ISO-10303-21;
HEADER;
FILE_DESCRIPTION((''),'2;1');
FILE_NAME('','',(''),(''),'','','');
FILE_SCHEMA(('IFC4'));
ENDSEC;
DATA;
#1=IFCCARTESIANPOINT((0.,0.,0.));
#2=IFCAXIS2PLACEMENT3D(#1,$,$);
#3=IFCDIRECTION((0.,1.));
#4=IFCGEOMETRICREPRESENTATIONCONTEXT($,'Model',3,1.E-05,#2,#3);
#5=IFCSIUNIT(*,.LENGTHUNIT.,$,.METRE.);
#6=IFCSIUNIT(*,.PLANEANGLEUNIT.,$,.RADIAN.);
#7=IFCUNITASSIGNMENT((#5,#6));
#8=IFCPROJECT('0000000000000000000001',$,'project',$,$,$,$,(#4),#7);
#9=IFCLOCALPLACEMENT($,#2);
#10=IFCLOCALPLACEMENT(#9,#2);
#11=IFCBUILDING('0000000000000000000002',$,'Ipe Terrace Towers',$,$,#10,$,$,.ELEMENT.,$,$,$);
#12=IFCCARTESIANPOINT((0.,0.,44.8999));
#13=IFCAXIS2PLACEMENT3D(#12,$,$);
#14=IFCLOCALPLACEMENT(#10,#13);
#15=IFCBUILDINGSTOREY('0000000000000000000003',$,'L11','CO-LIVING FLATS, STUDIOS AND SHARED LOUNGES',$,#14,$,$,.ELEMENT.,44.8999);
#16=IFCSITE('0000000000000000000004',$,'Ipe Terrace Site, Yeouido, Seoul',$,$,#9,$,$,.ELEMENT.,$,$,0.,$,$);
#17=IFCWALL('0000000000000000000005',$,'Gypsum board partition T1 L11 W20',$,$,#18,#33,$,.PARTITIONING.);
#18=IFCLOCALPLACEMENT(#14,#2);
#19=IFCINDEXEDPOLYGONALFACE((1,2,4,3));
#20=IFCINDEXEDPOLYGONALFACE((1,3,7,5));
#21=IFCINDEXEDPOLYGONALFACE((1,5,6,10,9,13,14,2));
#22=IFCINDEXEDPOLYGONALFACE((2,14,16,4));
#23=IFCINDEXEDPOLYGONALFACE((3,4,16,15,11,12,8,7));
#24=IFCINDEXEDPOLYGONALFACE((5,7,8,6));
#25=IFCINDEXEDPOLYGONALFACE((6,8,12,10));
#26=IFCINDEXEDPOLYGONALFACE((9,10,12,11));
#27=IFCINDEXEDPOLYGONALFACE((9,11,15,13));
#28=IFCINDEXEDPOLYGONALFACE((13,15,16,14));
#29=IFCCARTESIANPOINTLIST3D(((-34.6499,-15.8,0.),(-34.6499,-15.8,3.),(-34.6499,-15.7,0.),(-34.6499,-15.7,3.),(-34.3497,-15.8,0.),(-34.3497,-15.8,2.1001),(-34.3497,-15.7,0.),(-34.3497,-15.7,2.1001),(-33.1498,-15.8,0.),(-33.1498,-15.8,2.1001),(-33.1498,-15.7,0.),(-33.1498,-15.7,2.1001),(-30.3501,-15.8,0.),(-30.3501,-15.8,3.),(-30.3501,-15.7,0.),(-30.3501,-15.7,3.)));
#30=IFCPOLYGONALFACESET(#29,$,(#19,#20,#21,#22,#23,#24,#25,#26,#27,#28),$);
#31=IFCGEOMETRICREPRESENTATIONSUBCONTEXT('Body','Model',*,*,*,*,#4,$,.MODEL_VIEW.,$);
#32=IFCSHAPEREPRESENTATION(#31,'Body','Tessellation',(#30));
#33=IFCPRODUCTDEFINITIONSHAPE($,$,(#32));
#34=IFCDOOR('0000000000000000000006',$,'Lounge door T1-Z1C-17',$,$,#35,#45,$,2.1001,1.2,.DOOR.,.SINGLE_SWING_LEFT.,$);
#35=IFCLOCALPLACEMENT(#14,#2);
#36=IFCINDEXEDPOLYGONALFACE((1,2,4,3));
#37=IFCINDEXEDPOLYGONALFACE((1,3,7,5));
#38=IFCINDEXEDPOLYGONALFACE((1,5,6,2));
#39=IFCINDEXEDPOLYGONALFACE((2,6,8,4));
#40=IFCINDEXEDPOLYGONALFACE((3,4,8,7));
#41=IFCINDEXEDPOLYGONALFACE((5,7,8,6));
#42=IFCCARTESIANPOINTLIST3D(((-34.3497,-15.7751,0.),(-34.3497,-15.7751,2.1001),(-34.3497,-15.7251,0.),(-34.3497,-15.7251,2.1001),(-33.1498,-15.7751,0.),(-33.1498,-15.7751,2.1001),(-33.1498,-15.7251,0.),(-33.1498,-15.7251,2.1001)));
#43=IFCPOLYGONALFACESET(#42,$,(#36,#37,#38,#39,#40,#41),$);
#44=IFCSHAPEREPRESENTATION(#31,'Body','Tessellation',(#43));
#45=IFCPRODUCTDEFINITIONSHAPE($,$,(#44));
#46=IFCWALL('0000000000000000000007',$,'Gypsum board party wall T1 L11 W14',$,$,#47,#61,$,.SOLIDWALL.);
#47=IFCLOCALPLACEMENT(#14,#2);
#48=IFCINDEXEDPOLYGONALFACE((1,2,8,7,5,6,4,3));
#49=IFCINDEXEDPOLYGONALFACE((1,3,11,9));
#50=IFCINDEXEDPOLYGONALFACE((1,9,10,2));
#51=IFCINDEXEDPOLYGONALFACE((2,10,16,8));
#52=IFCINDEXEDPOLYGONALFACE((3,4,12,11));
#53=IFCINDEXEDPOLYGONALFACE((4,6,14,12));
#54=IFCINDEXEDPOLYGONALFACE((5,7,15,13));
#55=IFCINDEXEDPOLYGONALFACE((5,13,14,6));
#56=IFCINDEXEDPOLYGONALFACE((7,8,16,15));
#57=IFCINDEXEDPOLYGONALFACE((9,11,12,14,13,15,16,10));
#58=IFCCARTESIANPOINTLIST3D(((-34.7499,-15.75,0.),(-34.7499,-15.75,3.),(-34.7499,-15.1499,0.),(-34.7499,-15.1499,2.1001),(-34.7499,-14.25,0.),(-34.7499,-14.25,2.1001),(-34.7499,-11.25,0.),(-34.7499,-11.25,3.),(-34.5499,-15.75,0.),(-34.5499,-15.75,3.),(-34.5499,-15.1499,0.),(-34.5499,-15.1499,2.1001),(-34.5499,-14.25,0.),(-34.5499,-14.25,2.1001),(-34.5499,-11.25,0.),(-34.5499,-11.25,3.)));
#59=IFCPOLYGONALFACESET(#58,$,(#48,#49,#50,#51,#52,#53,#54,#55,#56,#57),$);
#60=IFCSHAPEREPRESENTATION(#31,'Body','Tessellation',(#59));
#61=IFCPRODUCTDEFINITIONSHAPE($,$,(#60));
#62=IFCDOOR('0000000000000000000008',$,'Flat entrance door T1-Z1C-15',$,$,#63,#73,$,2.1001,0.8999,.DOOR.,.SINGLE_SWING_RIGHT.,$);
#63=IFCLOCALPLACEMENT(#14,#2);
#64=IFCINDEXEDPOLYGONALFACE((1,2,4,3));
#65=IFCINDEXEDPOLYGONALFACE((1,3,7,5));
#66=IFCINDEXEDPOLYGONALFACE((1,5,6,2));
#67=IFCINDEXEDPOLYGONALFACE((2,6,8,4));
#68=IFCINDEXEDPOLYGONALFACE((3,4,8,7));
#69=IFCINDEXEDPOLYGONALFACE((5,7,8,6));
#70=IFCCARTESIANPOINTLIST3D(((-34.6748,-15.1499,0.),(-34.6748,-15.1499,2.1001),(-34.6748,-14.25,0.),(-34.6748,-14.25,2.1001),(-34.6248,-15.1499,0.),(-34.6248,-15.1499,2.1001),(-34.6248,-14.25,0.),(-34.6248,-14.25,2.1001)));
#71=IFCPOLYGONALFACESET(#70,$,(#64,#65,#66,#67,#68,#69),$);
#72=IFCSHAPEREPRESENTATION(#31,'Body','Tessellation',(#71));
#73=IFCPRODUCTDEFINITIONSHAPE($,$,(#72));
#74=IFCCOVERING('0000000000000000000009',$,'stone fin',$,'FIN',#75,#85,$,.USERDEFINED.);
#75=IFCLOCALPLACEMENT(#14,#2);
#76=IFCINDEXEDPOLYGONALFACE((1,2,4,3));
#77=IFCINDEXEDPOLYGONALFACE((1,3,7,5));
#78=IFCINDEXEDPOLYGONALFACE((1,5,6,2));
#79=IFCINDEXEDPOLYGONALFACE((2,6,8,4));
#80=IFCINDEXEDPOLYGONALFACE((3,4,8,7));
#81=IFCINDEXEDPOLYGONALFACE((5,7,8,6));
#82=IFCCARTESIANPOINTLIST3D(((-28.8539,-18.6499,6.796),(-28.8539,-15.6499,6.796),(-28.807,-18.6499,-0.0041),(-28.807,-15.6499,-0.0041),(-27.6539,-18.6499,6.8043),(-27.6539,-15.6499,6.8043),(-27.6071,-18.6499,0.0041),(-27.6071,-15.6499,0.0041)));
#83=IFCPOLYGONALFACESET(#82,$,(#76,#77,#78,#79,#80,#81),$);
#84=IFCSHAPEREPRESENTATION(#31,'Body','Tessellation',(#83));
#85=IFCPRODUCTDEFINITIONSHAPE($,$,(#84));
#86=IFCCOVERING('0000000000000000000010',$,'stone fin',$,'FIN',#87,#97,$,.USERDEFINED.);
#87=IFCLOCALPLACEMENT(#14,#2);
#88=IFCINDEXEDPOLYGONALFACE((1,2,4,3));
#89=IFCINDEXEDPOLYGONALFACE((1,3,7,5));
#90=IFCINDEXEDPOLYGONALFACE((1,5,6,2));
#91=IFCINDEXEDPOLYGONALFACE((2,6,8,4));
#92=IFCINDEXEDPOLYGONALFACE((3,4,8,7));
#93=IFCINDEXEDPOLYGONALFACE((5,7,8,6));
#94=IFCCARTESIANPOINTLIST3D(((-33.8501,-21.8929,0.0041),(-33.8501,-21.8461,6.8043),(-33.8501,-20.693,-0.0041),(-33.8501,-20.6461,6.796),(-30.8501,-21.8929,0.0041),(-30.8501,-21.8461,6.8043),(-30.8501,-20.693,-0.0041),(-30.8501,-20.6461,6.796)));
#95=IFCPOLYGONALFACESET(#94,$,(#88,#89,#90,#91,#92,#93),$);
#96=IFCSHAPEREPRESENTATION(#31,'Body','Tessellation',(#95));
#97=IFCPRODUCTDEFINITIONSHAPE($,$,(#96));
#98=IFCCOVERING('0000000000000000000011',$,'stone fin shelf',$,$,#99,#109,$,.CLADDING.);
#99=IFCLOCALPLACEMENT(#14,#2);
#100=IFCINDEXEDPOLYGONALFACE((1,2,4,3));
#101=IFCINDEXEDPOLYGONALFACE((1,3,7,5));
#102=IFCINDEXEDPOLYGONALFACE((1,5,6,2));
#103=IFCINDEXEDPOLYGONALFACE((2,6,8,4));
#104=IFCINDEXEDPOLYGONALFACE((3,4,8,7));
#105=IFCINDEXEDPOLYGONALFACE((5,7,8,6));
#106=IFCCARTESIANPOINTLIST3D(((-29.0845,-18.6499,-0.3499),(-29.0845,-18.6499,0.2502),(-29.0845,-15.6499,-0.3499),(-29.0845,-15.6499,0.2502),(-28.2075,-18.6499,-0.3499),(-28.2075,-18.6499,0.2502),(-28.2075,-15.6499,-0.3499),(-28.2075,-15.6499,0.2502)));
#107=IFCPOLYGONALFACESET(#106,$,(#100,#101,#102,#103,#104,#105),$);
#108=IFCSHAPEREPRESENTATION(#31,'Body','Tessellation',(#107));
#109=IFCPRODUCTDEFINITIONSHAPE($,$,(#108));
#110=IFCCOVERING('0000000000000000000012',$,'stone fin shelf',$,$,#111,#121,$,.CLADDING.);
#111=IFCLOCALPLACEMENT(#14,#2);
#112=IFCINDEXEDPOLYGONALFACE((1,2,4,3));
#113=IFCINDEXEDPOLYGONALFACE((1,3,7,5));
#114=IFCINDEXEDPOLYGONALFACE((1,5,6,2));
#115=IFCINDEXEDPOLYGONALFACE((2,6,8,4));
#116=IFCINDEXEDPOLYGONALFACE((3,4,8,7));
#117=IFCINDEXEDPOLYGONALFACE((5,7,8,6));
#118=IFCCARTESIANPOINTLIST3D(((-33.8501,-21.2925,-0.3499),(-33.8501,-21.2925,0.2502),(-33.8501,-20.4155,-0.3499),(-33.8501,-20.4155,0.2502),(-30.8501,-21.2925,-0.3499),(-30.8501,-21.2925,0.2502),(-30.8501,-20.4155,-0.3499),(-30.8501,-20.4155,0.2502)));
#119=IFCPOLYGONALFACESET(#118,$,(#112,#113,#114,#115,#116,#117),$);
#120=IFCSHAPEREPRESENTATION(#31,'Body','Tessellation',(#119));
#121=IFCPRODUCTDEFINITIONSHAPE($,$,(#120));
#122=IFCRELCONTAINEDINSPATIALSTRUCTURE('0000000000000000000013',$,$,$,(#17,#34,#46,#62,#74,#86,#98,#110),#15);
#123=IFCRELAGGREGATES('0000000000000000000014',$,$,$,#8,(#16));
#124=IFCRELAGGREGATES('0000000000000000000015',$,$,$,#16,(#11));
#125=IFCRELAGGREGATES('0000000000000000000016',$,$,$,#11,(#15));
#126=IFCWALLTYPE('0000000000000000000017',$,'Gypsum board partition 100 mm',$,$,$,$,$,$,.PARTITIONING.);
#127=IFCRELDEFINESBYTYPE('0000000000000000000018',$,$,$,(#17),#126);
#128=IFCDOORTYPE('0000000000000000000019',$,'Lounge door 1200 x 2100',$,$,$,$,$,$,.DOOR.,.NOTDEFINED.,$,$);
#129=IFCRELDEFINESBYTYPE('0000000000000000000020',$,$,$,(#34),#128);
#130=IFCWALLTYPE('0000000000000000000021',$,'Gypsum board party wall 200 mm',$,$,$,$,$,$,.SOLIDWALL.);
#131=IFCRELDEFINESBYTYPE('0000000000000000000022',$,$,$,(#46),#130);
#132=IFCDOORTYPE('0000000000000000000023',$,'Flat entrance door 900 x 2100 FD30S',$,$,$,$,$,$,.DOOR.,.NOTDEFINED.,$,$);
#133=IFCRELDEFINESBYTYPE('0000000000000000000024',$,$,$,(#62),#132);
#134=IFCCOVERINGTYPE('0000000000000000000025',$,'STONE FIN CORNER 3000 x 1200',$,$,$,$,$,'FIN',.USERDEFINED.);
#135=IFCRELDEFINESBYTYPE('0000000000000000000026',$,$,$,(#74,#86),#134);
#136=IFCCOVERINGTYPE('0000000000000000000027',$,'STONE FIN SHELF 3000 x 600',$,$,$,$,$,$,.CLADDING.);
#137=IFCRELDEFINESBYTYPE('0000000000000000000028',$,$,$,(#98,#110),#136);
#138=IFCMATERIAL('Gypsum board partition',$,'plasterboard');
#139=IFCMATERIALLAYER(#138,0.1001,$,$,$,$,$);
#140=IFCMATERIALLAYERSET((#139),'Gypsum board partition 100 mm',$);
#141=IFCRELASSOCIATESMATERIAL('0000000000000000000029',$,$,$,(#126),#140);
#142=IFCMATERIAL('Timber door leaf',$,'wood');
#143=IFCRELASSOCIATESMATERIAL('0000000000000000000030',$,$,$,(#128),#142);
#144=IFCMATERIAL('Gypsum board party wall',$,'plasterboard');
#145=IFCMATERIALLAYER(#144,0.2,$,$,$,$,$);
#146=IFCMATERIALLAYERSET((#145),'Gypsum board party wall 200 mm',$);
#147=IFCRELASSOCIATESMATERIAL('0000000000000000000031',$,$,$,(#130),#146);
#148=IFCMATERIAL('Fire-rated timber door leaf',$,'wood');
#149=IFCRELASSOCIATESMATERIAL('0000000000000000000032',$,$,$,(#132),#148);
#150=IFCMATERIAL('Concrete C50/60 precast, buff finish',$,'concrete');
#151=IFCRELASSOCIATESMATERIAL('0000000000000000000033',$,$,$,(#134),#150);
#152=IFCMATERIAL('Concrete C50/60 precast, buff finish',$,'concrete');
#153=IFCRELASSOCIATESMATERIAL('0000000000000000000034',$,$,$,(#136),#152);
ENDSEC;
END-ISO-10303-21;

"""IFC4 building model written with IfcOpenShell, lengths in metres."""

from ifc_helpers import new_model, si_unit, direction, frame, frame_2d, origin, origin_2d, place, context, subcontext, project, spatial, rectangle, extrude, material, layer, layer_set, material_profile, profile_set, type_object, element, fill, save


model = new_model("IFC4")

# Units and contexts
model_context = context("Model", 3, precision=1e-05, world=origin(), true_north=direction((0.0, 1.0)))
body_context = subcontext(model_context, "Body", "Model", "MODEL_VIEW")
ifc_project = project(units=[si_unit("LENGTHUNIT", "METRE"), si_unit("PLANEANGLEUNIT", "RADIAN")], contexts=[model_context])

# Site, building, storey
site_placement = place(None, origin())
site = spatial("IfcSite", under=ifc_project, at=site_placement, Name="Ipe Terrace Site, Yeouido, Seoul", CompositionType="ELEMENT", RefElevation=0.0)
building_placement = place(site_placement, origin())
building = spatial("IfcBuilding", under=site, at=building_placement, Name="Ipe Terrace Towers", CompositionType="ELEMENT")
storey_placement = place(building_placement, frame((0.0, 0.0, 44.8999)))
storey = spatial("IfcBuildingStorey", under=building, at=storey_placement, Name="L11", Description="CO-LIVING FLATS, STUDIOS AND SHARED LOUNGES", CompositionType="ELEMENT", Elevation=44.8999)

# Shared definitions
ifc_material_1 = material(Name="Gypsum board partition", Category="plasterboard")
ifc_layer_1 = layer(ifc_material_1, 0.1001)
ifc_layer_set_1 = layer_set([ifc_layer_1], Name="Gypsum board partition 100 mm")
wall_type_1 = type_object("IfcWallType", Name="Gypsum board partition 100 mm", PredefinedType="PARTITIONING", material=ifc_layer_set_1)

# Walls, openings, doors
wall_1_placement = place(storey_placement, frame((-34.6499, -15.75, 0.0), z_axis=(0.0, 0.0, 1.0), x_axis=(1.0, 0.0, 0.0)))
wall_1 = element("IfcWall", 1, at=wall_1_placement, inside=storey, type_object=wall_type_1, Name="Gypsum board partition T1 L11 W20", PredefinedType="PARTITIONING", context=body_context, shape_type="SweptSolid", body=[
    extrude(rectangle(XDim=4.2998, YDim=0.1001, at=frame_2d((2.1499, 0.0))), origin(), (0.0, 0.0, 1.0), 3.0),
])
opening_1_placement = place(wall_1_placement, frame((0.3, 0.0, 0.0)))
opening_1 = element("IfcOpeningElement", 2, at=opening_1_placement, cuts=wall_1, PredefinedType="OPENING", context=body_context, shape_type="SweptSolid", body=[
    extrude(rectangle(XDim=1.2, YDim=2.1001, at=frame_2d((0.6001, 1.05))), frame((0.0, 0.0601, 0.0), z_axis=(0.0, -1.0, 0.0), x_axis=(1.0, 0.0, 0.0)), (0.0, 0.0, 1.0), 0.1201),
])
ifc_material_2 = material(Name="Timber door leaf", Category="wood")
door_type_1 = type_object("IfcDoorType", Name="Lounge door 1200 x 2100", OperationType="NOTDEFINED", PredefinedType="DOOR", material=ifc_material_2)
door_1_placement = place(opening_1_placement, origin())
door_1 = element("IfcDoor", 3, at=door_1_placement, inside=storey, type_object=door_type_1, Name="Lounge door T1-Z1C-17", OperationType="SINGLE_SWING_LEFT", OverallHeight=2.1001, OverallWidth=1.2, PredefinedType="DOOR", context=body_context, shape_type="SweptSolid", body=[
    extrude(rectangle(XDim=1.2, YDim=2.1001, at=frame_2d((0.6001, 1.05))), frame((0.0, 0.0249, 0.0), z_axis=(0.0, -1.0, 0.0), x_axis=(1.0, 0.0, 0.0)), (0.0, 0.0, 1.0), 0.05),
])
fill(opening_1, door_1)
ifc_material_3 = material(Name="Gypsum board party wall", Category="plasterboard")
ifc_layer_2 = layer(ifc_material_3, 0.2)
ifc_layer_set_2 = layer_set([ifc_layer_2], Name="Gypsum board party wall 200 mm")
wall_type_2 = type_object("IfcWallType", Name="Gypsum board party wall 200 mm", PredefinedType="SOLIDWALL", material=ifc_layer_set_2)
wall_2_placement = place(storey_placement, frame((-34.6499, -15.75, 0.0), z_axis=(0.0, 0.0, 1.0), x_axis=(0.0, 1.0, 0.0)))
wall_2 = element("IfcWall", 4, at=wall_2_placement, inside=storey, type_object=wall_type_2, Name="Gypsum board party wall T1 L11 W14", PredefinedType="SOLIDWALL", context=body_context, shape_type="SweptSolid", body=[
    extrude(rectangle(XDim=4.5, YDim=0.2, at=frame_2d((2.25, 0.0))), origin(), (0.0, 0.0, 1.0), 3.0),
])
opening_2_placement = place(wall_2_placement, frame((0.6001, 0.0, 0.0)))
opening_2 = element("IfcOpeningElement", 5, at=opening_2_placement, cuts=wall_2, PredefinedType="OPENING", context=body_context, shape_type="SweptSolid", body=[
    extrude(rectangle(XDim=0.8999, YDim=2.1001, at=frame_2d((0.45, 1.05))), frame((0.0, 0.1099, 0.0), z_axis=(0.0, -1.0, 0.0), x_axis=(1.0, 0.0, 0.0)), (0.0, 0.0, 1.0), 0.22),
])
ifc_material_4 = material(Name="Fire-rated timber door leaf", Category="wood")
door_type_2 = type_object("IfcDoorType", Name="Flat entrance door 900 x 2100 FD30S", OperationType="NOTDEFINED", PredefinedType="DOOR", material=ifc_material_4)
door_2_placement = place(opening_2_placement, origin())
door_2 = element("IfcDoor", 6, at=door_2_placement, inside=storey, type_object=door_type_2, Name="Flat entrance door T1-Z1C-15", OperationType="SINGLE_SWING_RIGHT", OverallHeight=2.1001, OverallWidth=0.8999, PredefinedType="DOOR", context=body_context, shape_type="SweptSolid", body=[
    extrude(rectangle(XDim=0.8999, YDim=2.1001, at=frame_2d((0.45, 1.05))), frame((0.0, 0.0249, 0.0), z_axis=(0.0, -1.0, 0.0), x_axis=(1.0, 0.0, 0.0)), (0.0, 0.0, 1.0), 0.05),
])
fill(opening_2, door_2)

# Coverings
ifc_material_5 = material(Name="Concrete C50/60 precast, buff finish", Category="concrete")
ifc_material_profile_1 = material_profile(ifc_material_5, rectangle(XDim=3.0, YDim=1.2, at=origin_2d()), Name="STONE FIN CORNER 3000 x 1200")
ifc_profile_set_1 = profile_set([ifc_material_profile_1], Name="Concrete C50/60 precast, buff finish")
covering_type_1 = type_object("IfcCoveringType", Name="STONE FIN CORNER 3000 x 1200", ElementType="FIN", PredefinedType="USERDEFINED", material=ifc_profile_set_1)
for number, where, z_axis, x_axis, name in (
    (7, (-28.207, -17.1499, 0.0), (-0.006893, 0.0, 0.999976), (0.0, 1.0, 0.0), "stone fin"),
    (8, (-32.3501, -21.293, 0.0), (0.0, 0.006893, 0.999976), (1.0, 0.0, 0.0), "stone fin"),
):
    element("IfcCovering", number, at=place(storey_placement, frame(where, z_axis=z_axis, x_axis=x_axis)), inside=storey, type_object=covering_type_1, Name=name, ObjectType="FIN", PredefinedType="USERDEFINED", context=body_context, shape_type="SweptSolid", body=[
        extrude(rectangle(XDim=3.0, YDim=1.2, at=origin_2d()), origin(), (0.0, 0.0, 1.0), 6.8003),
    ])
ifc_material_6 = material(Name="Concrete C50/60 precast, buff finish", Category="concrete")
covering_type_2 = type_object("IfcCoveringType", Name="STONE FIN SHELF 3000 x 600", PredefinedType="CLADDING", material=ifc_material_6)
for number, where, z_axis, x_axis, name in (
    (9, (-28.646, -17.1499, -0.3499), (0.0, 0.0, 1.0), (0.0, 1.0, 0.0), "stone fin shelf"),
    (10, (-32.3501, -20.854, -0.3499), (0.0, 0.0, 1.0), (1.0, 0.0, 0.0), "stone fin shelf"),
):
    element("IfcCovering", number, at=place(storey_placement, frame(where, z_axis=z_axis, x_axis=x_axis)), inside=storey, type_object=covering_type_2, Name=name, PredefinedType="CLADDING", context=body_context, shape_type="SweptSolid", body=[
        extrude(rectangle(XDim=3.0, YDim=0.877, at=origin_2d()), origin(), (0.0, 0.0, 1.0), 0.6001),
    ])

save(model, "model.ifc")
